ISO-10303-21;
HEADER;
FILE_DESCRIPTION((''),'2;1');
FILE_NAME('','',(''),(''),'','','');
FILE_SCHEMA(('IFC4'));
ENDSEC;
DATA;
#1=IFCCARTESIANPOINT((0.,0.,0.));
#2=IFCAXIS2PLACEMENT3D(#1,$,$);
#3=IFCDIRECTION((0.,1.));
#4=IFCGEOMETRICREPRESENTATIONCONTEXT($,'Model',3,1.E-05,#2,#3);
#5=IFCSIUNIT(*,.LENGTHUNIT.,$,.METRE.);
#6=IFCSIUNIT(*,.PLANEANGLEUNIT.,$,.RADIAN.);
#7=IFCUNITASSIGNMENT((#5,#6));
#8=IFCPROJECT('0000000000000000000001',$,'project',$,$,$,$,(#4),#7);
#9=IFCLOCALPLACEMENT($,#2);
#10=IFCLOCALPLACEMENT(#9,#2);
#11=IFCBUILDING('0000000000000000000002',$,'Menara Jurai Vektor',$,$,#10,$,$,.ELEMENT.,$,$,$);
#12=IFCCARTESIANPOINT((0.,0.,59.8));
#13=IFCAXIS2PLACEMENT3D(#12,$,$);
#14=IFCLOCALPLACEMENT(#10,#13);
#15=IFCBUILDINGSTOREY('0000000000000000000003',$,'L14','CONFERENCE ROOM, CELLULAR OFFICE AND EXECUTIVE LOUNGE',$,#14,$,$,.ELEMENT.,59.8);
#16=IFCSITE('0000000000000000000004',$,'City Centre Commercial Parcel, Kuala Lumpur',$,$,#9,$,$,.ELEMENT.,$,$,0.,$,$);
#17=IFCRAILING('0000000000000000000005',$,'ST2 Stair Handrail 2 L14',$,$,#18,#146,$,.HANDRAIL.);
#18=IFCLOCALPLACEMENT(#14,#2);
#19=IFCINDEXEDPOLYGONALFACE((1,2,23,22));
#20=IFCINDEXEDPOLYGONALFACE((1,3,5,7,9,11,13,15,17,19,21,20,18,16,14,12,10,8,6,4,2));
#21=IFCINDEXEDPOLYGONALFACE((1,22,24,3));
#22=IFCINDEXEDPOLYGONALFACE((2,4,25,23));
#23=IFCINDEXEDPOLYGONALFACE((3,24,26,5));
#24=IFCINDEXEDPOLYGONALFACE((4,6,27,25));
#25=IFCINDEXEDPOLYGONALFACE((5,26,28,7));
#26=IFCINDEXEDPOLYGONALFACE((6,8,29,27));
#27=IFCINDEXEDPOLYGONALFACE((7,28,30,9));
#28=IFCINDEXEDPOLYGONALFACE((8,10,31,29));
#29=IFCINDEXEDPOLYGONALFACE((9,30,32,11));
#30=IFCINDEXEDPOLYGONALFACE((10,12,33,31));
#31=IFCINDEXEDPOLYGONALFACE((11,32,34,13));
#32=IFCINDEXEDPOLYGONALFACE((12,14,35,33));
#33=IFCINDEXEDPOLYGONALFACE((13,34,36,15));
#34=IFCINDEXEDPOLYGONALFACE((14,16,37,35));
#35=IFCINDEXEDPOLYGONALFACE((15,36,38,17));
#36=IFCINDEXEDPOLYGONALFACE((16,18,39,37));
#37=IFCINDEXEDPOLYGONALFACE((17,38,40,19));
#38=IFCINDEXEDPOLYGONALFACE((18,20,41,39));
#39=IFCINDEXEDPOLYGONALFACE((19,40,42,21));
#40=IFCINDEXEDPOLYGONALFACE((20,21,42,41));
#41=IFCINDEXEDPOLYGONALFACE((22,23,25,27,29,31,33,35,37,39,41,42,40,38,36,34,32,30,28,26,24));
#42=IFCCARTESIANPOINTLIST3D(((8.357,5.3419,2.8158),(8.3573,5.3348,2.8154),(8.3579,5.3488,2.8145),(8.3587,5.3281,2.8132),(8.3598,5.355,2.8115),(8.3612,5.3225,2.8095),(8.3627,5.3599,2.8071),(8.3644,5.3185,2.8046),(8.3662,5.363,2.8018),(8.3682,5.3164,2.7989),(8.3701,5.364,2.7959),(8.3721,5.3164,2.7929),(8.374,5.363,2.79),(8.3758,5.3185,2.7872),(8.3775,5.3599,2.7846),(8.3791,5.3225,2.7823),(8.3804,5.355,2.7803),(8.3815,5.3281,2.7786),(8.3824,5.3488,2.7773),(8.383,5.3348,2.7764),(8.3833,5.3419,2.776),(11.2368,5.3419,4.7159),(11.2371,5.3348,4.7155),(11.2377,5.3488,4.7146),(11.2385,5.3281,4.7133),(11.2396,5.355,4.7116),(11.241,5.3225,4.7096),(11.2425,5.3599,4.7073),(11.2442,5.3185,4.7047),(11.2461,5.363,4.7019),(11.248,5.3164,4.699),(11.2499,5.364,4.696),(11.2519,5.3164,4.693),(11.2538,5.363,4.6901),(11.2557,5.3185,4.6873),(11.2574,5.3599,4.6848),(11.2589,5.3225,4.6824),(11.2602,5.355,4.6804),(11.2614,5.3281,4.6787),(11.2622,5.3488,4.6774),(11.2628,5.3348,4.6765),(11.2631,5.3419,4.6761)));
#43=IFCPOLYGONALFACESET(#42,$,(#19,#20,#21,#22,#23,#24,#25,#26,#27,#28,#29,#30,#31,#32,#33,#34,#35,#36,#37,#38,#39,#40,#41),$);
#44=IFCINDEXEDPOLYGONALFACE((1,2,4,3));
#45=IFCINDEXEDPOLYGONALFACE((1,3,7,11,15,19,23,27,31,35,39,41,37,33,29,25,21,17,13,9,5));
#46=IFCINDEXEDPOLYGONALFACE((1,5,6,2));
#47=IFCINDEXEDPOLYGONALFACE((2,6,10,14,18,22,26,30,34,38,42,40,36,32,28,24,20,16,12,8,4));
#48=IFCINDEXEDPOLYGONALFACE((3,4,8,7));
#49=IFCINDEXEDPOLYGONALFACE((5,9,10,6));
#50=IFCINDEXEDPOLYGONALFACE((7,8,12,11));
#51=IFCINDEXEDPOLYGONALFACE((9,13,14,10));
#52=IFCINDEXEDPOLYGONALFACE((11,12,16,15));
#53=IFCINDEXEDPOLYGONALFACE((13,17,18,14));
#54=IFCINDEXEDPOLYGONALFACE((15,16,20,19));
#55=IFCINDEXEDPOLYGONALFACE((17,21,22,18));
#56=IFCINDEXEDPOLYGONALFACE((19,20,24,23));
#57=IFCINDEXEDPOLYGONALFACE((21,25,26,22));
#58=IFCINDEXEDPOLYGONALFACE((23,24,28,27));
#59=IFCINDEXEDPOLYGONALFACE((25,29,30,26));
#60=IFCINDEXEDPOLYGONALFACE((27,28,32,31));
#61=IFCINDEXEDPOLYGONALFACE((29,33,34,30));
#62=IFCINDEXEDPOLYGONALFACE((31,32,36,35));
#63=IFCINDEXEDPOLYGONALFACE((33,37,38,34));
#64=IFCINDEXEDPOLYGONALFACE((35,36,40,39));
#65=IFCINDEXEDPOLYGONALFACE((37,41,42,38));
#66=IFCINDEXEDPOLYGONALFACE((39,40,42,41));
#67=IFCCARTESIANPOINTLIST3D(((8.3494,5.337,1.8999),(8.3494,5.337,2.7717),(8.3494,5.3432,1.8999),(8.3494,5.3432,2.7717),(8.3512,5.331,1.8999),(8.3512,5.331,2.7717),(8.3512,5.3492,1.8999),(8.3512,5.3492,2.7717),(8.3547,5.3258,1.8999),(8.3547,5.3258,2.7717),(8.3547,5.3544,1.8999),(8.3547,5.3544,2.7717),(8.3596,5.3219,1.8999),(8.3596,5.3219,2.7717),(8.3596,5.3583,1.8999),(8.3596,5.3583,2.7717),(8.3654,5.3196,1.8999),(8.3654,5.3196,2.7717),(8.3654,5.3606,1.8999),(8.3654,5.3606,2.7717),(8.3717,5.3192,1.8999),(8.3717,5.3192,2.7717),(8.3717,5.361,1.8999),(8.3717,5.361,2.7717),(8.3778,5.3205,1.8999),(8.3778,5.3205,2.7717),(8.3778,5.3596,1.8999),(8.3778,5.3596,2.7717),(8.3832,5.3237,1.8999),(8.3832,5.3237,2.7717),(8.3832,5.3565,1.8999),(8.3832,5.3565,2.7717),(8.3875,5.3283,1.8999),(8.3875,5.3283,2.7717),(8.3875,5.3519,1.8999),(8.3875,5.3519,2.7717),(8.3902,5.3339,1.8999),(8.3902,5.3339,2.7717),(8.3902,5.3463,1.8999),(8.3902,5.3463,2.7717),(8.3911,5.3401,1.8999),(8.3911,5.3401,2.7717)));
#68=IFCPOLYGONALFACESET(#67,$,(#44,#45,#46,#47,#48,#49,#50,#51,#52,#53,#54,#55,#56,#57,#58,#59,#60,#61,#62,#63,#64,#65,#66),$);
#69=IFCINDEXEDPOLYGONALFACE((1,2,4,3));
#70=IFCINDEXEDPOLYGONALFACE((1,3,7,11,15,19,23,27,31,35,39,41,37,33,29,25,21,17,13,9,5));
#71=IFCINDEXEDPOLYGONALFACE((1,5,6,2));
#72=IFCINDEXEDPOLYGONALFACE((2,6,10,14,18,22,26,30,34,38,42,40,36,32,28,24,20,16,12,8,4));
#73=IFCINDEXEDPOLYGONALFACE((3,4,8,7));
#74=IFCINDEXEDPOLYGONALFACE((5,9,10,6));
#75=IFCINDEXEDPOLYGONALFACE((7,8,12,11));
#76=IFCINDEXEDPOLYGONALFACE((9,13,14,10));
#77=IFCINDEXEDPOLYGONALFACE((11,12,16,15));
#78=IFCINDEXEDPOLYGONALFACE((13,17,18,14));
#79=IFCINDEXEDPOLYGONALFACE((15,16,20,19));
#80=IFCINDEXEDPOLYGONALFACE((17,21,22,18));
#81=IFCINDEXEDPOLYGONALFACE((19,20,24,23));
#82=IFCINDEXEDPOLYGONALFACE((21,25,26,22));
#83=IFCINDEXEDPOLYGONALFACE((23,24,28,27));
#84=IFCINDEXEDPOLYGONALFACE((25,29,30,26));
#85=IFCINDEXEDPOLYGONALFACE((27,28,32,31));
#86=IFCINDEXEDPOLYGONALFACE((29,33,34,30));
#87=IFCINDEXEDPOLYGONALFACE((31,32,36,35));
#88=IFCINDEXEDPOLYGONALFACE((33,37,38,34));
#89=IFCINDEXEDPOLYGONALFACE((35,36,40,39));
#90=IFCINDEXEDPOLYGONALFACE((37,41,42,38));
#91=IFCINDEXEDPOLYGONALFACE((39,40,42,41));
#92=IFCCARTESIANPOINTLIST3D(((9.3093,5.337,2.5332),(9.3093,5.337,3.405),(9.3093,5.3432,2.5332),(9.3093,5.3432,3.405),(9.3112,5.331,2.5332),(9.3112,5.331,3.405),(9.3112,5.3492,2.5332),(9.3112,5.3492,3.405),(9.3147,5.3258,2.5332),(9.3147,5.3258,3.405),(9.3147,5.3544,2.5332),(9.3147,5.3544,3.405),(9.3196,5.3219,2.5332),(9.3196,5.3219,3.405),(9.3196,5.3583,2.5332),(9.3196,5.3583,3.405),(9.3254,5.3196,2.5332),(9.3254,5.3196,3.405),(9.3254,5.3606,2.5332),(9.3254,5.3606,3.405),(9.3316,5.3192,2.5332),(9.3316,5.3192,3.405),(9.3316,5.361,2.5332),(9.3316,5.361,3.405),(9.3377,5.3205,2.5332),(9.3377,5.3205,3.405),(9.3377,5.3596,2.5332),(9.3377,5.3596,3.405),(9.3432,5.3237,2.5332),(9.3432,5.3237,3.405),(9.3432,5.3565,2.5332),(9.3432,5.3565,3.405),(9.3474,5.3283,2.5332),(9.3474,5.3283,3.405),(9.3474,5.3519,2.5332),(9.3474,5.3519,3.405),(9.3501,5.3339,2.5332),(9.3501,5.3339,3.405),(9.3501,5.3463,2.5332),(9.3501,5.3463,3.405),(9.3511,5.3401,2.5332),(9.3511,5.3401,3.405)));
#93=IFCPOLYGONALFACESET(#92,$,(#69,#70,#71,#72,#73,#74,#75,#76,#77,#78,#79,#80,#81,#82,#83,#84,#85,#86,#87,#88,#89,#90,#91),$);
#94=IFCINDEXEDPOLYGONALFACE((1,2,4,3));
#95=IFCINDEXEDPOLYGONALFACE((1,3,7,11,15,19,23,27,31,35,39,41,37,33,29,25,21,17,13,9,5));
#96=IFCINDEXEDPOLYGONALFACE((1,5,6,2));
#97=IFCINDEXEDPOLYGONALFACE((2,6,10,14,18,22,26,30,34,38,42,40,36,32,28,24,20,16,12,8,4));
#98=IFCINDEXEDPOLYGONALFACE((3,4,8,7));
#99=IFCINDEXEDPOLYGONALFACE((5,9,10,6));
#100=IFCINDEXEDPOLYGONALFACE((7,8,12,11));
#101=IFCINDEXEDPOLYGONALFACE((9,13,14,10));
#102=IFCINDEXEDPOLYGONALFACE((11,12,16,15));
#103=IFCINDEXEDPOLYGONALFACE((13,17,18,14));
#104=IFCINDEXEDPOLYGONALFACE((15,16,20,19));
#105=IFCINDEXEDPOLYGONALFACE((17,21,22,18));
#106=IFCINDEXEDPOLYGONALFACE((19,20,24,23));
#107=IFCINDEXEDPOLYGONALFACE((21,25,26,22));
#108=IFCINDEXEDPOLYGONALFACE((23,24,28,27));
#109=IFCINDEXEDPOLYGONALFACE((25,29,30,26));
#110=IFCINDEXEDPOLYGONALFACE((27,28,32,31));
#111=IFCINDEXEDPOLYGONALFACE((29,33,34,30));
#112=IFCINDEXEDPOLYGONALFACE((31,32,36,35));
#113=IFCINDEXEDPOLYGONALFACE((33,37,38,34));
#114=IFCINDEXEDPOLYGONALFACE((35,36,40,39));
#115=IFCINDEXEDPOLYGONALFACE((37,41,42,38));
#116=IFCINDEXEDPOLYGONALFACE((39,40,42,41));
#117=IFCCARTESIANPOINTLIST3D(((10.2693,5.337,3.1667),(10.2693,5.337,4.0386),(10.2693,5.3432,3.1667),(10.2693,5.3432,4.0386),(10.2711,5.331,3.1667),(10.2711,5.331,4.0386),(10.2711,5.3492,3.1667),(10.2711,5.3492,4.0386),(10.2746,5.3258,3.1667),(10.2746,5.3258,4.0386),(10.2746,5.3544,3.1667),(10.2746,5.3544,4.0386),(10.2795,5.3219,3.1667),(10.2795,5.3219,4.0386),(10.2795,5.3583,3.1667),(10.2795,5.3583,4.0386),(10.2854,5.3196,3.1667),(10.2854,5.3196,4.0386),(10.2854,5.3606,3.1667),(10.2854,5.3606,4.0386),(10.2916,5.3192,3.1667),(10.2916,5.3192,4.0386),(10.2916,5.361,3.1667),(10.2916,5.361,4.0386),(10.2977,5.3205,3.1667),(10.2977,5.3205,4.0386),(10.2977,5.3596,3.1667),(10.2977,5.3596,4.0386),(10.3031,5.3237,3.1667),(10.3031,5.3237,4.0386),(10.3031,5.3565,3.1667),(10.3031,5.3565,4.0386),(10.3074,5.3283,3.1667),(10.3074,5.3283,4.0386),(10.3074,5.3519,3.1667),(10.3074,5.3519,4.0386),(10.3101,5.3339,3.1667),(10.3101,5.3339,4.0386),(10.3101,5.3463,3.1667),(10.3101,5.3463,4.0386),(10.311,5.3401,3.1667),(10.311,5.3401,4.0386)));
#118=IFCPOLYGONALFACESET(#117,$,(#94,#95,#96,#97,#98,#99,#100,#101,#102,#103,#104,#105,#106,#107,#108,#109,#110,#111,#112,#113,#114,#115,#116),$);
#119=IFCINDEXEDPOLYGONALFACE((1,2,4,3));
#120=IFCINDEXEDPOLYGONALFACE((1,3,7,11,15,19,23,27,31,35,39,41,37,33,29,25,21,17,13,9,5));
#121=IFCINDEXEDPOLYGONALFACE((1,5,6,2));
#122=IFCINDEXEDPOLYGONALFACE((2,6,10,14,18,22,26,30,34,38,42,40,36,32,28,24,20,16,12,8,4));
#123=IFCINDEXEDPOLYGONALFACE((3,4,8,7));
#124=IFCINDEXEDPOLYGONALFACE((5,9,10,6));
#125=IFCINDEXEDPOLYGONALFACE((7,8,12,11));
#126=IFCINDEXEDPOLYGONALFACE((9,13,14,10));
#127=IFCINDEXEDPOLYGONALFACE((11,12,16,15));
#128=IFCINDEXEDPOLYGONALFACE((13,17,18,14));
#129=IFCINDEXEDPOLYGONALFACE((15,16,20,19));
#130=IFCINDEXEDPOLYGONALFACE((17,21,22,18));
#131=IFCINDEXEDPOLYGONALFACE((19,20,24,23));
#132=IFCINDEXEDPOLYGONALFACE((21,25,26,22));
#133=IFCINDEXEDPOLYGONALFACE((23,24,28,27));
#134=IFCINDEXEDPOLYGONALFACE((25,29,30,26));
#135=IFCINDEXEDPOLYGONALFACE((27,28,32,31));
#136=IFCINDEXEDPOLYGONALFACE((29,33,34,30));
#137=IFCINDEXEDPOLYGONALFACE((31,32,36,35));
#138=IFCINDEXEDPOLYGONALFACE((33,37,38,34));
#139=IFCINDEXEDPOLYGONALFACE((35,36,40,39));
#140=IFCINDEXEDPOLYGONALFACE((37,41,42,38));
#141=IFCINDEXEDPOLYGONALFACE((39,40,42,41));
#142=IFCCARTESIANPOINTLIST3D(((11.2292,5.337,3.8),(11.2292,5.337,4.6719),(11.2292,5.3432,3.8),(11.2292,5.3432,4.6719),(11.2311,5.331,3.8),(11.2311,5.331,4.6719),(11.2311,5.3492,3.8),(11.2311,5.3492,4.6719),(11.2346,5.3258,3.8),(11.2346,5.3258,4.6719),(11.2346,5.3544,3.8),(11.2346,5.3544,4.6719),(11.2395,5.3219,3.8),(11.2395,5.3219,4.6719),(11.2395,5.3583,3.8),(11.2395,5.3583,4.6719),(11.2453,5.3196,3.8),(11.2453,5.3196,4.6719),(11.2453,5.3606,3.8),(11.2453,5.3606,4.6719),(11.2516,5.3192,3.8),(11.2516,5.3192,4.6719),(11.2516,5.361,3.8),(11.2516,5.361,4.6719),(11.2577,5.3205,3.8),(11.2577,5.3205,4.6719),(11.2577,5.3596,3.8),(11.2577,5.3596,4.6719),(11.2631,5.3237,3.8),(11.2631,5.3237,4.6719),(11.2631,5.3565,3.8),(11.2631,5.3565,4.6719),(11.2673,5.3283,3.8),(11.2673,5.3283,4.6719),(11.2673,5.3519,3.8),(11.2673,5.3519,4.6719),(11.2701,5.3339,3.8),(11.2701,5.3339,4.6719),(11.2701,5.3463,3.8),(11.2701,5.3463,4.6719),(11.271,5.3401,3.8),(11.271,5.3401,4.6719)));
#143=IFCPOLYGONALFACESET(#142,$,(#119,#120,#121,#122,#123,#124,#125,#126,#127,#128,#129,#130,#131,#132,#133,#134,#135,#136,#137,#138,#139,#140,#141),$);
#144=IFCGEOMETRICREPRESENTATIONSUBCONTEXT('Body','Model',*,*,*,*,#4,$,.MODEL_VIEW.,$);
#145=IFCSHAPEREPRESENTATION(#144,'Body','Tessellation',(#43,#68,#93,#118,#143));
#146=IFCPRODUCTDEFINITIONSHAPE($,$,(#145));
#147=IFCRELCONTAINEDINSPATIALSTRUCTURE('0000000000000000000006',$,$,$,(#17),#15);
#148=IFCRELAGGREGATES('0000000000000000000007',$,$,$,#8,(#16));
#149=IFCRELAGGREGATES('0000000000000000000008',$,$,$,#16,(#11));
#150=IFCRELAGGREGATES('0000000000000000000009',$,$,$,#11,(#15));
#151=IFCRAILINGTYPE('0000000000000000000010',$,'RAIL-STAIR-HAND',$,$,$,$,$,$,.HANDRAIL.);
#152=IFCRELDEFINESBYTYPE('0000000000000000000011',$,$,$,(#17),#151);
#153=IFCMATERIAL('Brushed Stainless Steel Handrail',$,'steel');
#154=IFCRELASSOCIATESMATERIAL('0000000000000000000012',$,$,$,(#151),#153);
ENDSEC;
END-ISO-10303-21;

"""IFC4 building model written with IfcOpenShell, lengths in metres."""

from ifc_helpers import new_model, si_unit, direction, frame, origin, origin_2d, place, context, subcontext, project, spatial, circle, extrude, material, type_object, element, save


model = new_model("IFC4")

# Units and contexts
model_context = context("Model", 3, precision=1e-05, world=origin(), true_north=direction((0.0, 1.0)))
body_context = subcontext(model_context, "Body", "Model", "MODEL_VIEW")
ifc_project = project(units=[si_unit("LENGTHUNIT", "METRE"), si_unit("PLANEANGLEUNIT", "RADIAN")], contexts=[model_context])

# Site, building, storey
site_placement = place(None, origin())
site = spatial("IfcSite", under=ifc_project, at=site_placement, Name="City Centre Commercial Parcel, Kuala Lumpur", CompositionType="ELEMENT", RefElevation=0.0)
building_placement = place(site_placement, origin())
building = spatial("IfcBuilding", under=site, at=building_placement, Name="Menara Jurai Vektor", CompositionType="ELEMENT")
storey_placement = place(building_placement, frame((0.0, 0.0, 59.8)))
storey = spatial("IfcBuildingStorey", under=building, at=storey_placement, Name="L14", Description="CONFERENCE ROOM, CELLULAR OFFICE AND EXECUTIVE LOUNGE", CompositionType="ELEMENT", Elevation=59.8)

# Railing
ifc_material_1 = material(Name="Brushed Stainless Steel Handrail", Category="steel")
railing_type_1 = type_object("IfcRailingType", Name="RAIL-STAIR-HAND", PredefinedType="HANDRAIL", material=ifc_material_1)
railing_1_placement = place(storey_placement, frame((8.3701, 5.3401, 1.8999)))
element("IfcRailing", 1, at=railing_1_placement, inside=storey, type_object=railing_type_1, Name="ST2 Stair Handrail 2 L14", PredefinedType="HANDRAIL", context=body_context, shape_type="SweptSolid", body=[
    extrude(circle(Radius=0.0239, at=origin_2d()), frame((0.0, 0.0, 0.896), z_axis=(0.834686, 0.0, 0.550726), x_axis=(0.0, 1.0, 0.0)), (0.0, 0.0, 1.0), 3.4502),
    extrude(circle(Radius=0.021, at=origin_2d()), origin(), (0.0, 0.0, 1.0), 0.8718),
    extrude(circle(Radius=0.021, at=origin_2d()), frame((0.96, 0.0, 0.6333)), (0.0, 0.0, 1.0), 0.8718),
    extrude(circle(Radius=0.021, at=origin_2d()), frame((1.9199, 0.0, 1.2668)), (0.0, 0.0, 1.0), 0.8718),
    extrude(circle(Radius=0.021, at=origin_2d()), frame((2.8799, 0.0, 1.9001)), (0.0, 0.0, 1.0), 0.8718),
])

save(model, "model.ifc")
